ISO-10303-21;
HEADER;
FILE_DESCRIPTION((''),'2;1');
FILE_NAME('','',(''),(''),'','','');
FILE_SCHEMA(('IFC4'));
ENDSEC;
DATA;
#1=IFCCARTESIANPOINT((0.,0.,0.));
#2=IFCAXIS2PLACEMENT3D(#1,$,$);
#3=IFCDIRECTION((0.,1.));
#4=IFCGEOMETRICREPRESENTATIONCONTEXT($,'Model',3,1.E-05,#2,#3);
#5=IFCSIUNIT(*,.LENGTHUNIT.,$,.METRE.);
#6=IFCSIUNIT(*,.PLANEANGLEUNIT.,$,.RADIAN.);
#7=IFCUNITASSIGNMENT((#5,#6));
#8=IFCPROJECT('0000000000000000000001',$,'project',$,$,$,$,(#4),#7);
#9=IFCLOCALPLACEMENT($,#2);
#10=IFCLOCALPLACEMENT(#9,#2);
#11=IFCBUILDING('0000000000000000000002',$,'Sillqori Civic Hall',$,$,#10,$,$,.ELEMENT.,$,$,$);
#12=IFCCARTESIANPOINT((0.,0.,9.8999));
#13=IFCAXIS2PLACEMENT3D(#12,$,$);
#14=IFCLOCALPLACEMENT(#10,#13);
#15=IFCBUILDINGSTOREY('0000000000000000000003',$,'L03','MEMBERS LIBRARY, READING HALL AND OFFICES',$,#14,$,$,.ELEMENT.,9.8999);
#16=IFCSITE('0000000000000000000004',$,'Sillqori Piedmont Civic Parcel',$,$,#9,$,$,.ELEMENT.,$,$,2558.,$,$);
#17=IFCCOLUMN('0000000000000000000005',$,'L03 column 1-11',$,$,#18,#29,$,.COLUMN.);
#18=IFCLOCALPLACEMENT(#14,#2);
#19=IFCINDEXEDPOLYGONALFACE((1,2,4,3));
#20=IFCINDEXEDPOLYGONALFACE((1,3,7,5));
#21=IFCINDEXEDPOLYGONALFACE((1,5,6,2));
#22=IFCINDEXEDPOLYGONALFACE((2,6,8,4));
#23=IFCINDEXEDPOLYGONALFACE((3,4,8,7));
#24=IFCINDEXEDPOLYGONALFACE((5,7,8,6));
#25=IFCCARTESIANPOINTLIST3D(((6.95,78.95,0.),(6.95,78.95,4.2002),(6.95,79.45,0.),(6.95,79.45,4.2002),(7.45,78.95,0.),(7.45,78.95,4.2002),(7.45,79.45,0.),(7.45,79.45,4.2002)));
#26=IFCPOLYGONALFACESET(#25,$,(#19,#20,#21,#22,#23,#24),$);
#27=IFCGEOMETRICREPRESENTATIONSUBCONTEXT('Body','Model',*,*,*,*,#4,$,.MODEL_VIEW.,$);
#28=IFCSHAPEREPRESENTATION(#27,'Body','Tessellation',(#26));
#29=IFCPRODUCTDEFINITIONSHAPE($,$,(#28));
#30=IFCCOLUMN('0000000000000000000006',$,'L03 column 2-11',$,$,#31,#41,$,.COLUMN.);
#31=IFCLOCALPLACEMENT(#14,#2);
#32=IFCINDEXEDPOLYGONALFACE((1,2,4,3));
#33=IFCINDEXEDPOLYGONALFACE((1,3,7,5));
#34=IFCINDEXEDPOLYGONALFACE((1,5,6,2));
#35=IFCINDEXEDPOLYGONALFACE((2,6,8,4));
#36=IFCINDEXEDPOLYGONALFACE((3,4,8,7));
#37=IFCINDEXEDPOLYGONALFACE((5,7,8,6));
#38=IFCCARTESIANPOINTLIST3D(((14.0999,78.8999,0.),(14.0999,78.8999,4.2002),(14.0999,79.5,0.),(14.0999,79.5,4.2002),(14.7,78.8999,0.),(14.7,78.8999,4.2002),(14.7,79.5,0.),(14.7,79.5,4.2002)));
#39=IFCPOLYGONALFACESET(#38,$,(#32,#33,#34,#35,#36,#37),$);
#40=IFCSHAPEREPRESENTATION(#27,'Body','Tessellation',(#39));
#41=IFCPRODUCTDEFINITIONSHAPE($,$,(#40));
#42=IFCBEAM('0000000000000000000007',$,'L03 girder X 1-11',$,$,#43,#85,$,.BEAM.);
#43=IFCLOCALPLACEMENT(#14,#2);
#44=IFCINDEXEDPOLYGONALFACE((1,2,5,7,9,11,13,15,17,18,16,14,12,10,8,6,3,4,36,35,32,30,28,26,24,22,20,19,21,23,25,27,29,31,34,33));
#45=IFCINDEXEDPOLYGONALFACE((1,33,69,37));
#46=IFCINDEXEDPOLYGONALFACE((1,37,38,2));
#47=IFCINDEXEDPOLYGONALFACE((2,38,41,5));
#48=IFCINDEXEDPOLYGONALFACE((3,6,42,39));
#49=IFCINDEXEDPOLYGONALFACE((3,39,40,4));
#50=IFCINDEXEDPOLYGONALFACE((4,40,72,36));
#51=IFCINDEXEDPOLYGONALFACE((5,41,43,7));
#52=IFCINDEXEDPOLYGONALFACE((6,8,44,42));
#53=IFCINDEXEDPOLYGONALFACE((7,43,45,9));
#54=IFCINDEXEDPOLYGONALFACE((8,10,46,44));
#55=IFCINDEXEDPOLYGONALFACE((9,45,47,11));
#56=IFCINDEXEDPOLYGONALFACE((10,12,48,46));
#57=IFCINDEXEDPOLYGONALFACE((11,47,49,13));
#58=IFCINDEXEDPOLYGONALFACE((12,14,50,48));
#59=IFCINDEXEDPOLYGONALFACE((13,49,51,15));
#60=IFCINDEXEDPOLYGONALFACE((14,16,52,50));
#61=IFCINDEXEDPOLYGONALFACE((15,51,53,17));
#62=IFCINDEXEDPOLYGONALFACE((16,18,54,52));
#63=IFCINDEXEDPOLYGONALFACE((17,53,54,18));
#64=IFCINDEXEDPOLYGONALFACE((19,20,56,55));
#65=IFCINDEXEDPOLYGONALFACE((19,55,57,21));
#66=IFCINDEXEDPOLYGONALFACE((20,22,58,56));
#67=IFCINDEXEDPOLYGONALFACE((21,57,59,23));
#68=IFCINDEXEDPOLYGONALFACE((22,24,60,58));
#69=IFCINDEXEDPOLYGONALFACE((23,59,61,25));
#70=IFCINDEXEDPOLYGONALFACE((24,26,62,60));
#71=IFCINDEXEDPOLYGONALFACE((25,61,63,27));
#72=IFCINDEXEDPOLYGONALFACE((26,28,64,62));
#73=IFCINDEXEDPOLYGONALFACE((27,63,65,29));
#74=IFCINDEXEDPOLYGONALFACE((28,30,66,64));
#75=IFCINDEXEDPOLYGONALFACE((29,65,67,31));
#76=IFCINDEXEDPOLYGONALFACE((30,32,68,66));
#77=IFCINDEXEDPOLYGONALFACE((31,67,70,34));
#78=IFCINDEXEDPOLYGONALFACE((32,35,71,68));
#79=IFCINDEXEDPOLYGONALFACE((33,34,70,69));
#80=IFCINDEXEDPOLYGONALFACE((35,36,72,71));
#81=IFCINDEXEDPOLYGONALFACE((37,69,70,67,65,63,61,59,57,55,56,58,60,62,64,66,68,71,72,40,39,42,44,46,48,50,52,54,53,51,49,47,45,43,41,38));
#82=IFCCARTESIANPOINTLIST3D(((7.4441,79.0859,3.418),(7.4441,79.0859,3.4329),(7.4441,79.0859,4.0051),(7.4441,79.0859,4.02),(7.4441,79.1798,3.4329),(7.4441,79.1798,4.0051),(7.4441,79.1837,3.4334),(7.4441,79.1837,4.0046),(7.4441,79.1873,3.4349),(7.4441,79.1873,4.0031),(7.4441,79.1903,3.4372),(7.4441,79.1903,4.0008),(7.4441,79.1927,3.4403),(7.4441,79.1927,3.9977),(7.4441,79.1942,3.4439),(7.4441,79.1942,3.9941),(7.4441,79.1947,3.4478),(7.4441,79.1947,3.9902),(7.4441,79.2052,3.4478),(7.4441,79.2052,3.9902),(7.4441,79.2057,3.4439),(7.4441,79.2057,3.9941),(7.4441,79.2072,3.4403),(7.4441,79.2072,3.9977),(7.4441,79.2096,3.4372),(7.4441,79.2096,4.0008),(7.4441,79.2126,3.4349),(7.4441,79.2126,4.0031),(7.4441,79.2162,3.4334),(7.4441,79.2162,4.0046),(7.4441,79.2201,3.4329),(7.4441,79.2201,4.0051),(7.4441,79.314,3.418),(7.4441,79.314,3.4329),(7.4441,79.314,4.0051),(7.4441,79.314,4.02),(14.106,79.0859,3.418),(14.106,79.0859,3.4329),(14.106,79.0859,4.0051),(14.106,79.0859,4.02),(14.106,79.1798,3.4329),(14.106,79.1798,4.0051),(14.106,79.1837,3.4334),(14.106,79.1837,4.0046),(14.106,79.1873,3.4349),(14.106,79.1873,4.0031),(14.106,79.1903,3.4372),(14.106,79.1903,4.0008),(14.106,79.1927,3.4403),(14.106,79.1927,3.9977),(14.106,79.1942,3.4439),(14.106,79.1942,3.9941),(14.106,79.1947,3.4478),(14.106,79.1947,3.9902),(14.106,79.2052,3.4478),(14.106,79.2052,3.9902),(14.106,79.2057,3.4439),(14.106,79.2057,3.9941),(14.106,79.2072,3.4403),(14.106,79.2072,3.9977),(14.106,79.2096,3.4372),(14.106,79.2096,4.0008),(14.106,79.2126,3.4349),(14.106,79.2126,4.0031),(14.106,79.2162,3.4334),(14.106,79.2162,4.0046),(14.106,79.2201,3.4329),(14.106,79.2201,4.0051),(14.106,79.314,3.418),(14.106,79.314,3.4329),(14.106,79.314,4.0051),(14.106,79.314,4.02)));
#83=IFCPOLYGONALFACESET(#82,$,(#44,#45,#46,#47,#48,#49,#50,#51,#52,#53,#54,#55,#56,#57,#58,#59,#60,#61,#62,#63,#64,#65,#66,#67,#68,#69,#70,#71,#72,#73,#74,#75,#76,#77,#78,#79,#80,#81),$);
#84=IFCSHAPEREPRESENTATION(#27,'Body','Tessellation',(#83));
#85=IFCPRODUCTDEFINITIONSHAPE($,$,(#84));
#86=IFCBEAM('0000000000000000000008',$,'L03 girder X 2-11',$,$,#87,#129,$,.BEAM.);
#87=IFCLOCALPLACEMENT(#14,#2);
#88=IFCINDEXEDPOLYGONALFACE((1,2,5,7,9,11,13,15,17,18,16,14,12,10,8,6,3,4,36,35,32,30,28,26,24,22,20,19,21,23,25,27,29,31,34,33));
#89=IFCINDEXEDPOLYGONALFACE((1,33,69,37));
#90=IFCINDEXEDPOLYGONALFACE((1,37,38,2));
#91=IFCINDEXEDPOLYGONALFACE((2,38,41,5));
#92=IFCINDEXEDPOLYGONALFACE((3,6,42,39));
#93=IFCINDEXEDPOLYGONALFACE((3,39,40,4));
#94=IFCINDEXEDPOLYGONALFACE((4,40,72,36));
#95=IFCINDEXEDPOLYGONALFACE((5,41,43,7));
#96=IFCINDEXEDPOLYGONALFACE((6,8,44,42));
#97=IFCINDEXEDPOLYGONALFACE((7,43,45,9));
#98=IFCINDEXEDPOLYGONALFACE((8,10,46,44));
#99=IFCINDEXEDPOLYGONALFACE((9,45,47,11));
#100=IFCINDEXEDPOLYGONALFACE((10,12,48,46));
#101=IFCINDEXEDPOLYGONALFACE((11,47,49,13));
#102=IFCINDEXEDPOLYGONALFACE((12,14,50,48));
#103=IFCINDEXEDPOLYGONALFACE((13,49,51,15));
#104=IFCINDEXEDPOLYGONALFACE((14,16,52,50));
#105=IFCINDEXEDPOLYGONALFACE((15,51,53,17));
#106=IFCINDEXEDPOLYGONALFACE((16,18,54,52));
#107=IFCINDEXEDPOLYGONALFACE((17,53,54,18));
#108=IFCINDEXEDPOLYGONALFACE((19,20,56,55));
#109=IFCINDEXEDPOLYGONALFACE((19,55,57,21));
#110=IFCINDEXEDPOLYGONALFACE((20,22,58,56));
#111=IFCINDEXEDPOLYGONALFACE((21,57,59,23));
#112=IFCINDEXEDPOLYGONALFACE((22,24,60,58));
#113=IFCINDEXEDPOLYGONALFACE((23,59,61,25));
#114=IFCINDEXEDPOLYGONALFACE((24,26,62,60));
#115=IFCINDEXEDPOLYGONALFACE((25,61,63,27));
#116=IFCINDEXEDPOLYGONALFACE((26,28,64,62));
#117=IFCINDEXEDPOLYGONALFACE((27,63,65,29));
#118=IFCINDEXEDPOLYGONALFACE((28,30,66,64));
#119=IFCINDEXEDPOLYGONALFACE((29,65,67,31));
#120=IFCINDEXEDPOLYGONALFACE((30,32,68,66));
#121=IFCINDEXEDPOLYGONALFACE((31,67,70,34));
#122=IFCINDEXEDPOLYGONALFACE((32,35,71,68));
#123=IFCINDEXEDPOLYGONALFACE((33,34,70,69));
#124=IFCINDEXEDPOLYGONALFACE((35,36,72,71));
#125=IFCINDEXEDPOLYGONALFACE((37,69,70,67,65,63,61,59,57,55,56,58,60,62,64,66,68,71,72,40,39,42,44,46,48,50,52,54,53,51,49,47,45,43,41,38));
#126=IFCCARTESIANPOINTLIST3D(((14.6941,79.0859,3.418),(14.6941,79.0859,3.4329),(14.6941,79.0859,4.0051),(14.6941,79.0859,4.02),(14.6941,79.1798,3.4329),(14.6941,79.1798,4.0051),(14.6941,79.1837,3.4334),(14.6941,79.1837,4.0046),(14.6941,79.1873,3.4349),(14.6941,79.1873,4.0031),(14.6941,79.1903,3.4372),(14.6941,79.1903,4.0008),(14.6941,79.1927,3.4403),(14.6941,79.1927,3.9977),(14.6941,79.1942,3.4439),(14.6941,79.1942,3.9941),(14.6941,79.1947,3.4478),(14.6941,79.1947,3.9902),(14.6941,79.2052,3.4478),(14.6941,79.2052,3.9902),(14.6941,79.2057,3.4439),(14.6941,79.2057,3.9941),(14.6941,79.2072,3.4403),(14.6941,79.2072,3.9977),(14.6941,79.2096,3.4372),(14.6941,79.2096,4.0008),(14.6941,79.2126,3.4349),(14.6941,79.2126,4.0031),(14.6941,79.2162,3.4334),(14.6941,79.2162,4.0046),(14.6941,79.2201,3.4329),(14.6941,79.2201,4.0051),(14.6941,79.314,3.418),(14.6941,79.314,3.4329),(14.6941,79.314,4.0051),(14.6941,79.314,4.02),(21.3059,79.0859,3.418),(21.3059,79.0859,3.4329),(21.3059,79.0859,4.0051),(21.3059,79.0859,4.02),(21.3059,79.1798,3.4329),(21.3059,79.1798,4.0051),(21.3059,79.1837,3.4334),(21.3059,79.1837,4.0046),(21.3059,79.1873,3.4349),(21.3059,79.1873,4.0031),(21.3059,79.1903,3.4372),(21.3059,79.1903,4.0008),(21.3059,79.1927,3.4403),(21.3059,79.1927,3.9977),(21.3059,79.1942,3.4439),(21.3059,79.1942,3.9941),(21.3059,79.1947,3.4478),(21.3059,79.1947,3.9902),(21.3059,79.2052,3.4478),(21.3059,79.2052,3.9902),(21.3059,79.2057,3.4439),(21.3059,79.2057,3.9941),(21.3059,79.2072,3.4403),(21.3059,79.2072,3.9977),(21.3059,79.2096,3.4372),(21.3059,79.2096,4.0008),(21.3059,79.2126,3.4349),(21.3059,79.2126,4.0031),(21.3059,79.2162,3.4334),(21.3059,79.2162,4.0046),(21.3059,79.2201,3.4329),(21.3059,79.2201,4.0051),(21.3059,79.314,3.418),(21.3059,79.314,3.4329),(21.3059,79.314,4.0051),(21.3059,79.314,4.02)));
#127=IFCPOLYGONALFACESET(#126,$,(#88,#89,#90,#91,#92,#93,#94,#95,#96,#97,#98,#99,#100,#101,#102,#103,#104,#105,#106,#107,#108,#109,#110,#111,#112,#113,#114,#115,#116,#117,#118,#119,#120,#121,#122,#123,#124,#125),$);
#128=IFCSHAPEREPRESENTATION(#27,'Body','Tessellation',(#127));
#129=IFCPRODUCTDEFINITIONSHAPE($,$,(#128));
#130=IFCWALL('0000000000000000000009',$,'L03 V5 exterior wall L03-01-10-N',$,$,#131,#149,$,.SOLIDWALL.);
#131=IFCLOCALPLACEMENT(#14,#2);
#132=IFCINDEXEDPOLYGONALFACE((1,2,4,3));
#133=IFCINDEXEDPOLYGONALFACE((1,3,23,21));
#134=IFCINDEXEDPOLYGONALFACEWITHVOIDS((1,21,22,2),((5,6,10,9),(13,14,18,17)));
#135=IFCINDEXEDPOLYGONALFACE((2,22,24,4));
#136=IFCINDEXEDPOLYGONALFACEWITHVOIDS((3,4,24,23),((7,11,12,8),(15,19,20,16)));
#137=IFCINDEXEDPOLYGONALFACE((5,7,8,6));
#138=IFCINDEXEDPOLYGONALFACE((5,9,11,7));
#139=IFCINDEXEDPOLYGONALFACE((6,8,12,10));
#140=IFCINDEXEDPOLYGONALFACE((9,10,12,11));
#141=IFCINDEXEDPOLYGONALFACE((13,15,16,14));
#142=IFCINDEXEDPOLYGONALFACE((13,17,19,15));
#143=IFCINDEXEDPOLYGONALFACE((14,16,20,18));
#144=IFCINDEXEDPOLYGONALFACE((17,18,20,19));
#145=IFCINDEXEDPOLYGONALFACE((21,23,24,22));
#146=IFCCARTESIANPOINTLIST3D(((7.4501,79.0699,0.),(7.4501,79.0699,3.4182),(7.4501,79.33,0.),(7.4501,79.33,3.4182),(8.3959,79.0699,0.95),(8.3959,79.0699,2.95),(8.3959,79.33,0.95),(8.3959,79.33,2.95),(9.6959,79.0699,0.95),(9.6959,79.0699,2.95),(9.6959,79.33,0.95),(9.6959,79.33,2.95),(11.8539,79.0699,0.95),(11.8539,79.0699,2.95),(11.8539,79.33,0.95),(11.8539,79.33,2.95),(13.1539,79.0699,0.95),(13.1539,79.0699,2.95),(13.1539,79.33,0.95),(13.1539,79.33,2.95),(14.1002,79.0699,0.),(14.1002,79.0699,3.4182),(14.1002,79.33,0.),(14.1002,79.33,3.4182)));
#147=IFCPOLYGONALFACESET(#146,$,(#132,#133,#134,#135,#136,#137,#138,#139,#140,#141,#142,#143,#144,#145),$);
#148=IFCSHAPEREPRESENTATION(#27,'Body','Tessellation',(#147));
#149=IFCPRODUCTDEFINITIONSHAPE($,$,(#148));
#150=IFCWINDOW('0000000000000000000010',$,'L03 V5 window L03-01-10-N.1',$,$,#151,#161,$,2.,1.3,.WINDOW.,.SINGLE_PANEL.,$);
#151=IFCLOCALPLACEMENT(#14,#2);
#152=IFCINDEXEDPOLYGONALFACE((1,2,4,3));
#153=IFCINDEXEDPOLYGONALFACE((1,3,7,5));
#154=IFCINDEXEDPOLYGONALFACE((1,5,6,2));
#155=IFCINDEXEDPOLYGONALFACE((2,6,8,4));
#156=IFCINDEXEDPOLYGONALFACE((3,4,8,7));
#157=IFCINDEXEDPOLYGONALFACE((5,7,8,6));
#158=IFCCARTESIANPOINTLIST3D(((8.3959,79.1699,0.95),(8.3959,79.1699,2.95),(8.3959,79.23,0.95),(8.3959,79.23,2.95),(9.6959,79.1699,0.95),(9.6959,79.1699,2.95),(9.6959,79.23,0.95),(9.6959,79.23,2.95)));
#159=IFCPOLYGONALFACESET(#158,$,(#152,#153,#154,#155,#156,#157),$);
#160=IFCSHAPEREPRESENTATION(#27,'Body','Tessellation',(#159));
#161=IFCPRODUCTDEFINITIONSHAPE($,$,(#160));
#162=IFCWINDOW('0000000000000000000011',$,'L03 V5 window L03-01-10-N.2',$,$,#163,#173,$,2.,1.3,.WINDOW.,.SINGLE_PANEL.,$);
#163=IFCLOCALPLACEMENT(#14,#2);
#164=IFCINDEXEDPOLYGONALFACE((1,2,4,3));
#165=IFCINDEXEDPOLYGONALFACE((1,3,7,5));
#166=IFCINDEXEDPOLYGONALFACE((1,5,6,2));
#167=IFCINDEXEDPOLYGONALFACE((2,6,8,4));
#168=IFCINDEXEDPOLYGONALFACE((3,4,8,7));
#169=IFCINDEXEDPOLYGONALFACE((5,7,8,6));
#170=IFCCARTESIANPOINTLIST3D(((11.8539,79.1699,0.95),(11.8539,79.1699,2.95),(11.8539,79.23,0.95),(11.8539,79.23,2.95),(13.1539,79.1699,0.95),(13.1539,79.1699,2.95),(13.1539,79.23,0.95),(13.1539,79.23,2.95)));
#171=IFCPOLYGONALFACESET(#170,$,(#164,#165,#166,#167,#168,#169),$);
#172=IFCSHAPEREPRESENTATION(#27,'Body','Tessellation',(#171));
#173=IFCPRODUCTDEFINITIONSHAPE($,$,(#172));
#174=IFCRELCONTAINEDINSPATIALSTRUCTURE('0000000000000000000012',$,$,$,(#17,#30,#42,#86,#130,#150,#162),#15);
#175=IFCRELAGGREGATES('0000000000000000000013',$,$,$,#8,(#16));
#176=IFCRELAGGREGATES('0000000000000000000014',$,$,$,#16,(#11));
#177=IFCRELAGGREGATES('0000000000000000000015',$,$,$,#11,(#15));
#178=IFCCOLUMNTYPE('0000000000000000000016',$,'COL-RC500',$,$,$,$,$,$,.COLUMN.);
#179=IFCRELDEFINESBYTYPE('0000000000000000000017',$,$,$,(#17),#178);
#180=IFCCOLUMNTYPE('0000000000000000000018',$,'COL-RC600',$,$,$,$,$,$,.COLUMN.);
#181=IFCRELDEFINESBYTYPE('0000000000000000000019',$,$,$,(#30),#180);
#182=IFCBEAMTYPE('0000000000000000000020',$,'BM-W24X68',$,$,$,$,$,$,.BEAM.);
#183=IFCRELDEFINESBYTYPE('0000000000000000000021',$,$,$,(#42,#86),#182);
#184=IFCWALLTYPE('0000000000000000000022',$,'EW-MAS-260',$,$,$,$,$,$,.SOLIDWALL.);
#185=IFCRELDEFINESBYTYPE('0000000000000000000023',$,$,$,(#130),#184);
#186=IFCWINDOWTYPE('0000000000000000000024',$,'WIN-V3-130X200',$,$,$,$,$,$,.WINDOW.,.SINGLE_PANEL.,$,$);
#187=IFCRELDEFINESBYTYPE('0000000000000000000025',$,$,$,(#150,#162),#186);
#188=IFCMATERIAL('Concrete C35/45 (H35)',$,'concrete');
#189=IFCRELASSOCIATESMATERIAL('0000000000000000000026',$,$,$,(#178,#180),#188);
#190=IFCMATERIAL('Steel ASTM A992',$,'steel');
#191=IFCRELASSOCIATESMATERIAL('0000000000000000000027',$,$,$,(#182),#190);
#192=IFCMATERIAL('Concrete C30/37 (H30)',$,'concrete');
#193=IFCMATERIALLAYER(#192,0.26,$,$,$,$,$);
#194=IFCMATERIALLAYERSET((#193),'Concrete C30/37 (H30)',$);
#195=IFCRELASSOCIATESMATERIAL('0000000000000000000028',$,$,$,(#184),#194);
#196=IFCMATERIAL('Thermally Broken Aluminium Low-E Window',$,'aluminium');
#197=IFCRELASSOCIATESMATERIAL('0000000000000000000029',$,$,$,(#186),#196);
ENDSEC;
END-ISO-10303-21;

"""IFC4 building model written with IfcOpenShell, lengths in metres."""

from ifc_helpers import new_model, si_unit, direction, frame, frame_2d, origin, origin_2d, place, context, subcontext, project, spatial, rectangle, i_section, extrude, material, layer, layer_set, material_profile, profile_set, type_object, element, fill, save


model = new_model("IFC4")

# Units and contexts
model_context = context("Model", 3, precision=1e-05, world=origin(), true_north=direction((0.0, 1.0)))
body_context = subcontext(model_context, "Body", "Model", "MODEL_VIEW")
ifc_project = project(units=[si_unit("LENGTHUNIT", "METRE"), si_unit("PLANEANGLEUNIT", "RADIAN")], contexts=[model_context])

# Site, building, storey
site_placement = place(None, origin())
site = spatial("IfcSite", under=ifc_project, at=site_placement, Name="Sillqori Piedmont Civic Parcel", CompositionType="ELEMENT", RefElevation=2558.0)
building_placement = place(site_placement, origin())
building = spatial("IfcBuilding", under=site, at=building_placement, Name="Sillqori Civic Hall", CompositionType="ELEMENT")
storey_placement = place(building_placement, frame((0.0, 0.0, 9.8999)))
storey = spatial("IfcBuildingStorey", under=building, at=storey_placement, Name="L03", Description="MEMBERS LIBRARY, READING HALL AND OFFICES", CompositionType="ELEMENT", Elevation=9.8999)

# Columns
ifc_material_1 = material(Name="Concrete C35/45 (H35)", Category="concrete")
ifc_material_profile_1 = material_profile(ifc_material_1, rectangle(XDim=0.5, YDim=0.5, at=origin_2d()), Name="RC 500x500")
ifc_profile_set_1 = profile_set([ifc_material_profile_1], Name="Concrete C35/45 (H35)")
column_type_1 = type_object("IfcColumnType", Name="COL-RC500", PredefinedType="COLUMN", material=ifc_profile_set_1)
column_1_placement = place(storey_placement, frame((7.2, 79.2, 0.0), z_axis=(0.0, 0.0, 1.0), x_axis=(1.0, 0.0, 0.0)))
element("IfcColumn", 1, at=column_1_placement, inside=storey, type_object=column_type_1, Name="L03 column 1-11", PredefinedType="COLUMN", context=body_context, shape_type="SweptSolid", body=[
    extrude(rectangle(XDim=0.5, YDim=0.5, at=origin_2d()), origin(), (0.0, 0.0, 1.0), 4.2002),
])
ifc_material_profile_2 = material_profile(ifc_material_1, rectangle(XDim=0.6001, YDim=0.6001, at=origin_2d()), Name="RC 600x600")
ifc_profile_set_2 = profile_set([ifc_material_profile_2], Name="Concrete C35/45 (H35)")
column_type_2 = type_object("IfcColumnType", Name="COL-RC600", PredefinedType="COLUMN", material=ifc_profile_set_2)
column_2_placement = place(storey_placement, frame((14.3999, 79.2, 0.0), z_axis=(0.0, 0.0, 1.0), x_axis=(1.0, 0.0, 0.0)))
element("IfcColumn", 2, at=column_2_placement, inside=storey, type_object=column_type_2, Name="L03 column 2-11", PredefinedType="COLUMN", context=body_context, shape_type="SweptSolid", body=[
    extrude(rectangle(XDim=0.6001, YDim=0.6001, at=origin_2d()), origin(), (0.0, 0.0, 1.0), 4.2002),
])

# Beams
ifc_material_2 = material(Name="Steel ASTM A992", Category="steel")
ifc_material_profile_3 = material_profile(ifc_material_2, i_section(OverallWidth=0.228, OverallDepth=0.6021, WebThickness=0.0105, FlangeThickness=0.0149, FilletRadius=0.0149, at=origin_2d()), Name="W24X68")
ifc_profile_set_3 = profile_set([ifc_material_profile_3], Name="Steel ASTM A992")
beam_type = type_object("IfcBeamType", Name="BM-W24X68", PredefinedType="BEAM", material=ifc_profile_set_3)
beam_1_placement = place(storey_placement, frame((7.4441, 79.2, 3.719), z_axis=(1.0, 0.0, 0.0), x_axis=(0.0, 1.0, 0.0)))
element("IfcBeam", 3, at=beam_1_placement, inside=storey, type_object=beam_type, Name="L03 girder X 1-11", PredefinedType="BEAM", context=body_context, shape_type="SweptSolid", body=[
    extrude(i_section(OverallWidth=0.228, OverallDepth=0.6021, WebThickness=0.0105, FlangeThickness=0.0149, FilletRadius=0.0149, at=origin_2d()), origin(), (0.0, 0.0, 1.0), 6.6619),
])
beam_2_placement = place(storey_placement, frame((14.6941, 79.2, 3.719), z_axis=(1.0, 0.0, 0.0), x_axis=(0.0, 1.0, 0.0)))
element("IfcBeam", 4, at=beam_2_placement, inside=storey, type_object=beam_type, Name="L03 girder X 2-11", PredefinedType="BEAM", context=body_context, shape_type="SweptSolid", body=[
    extrude(i_section(OverallWidth=0.228, OverallDepth=0.6021, WebThickness=0.0105, FlangeThickness=0.0149, FilletRadius=0.0149, at=origin_2d()), origin(), (0.0, 0.0, 1.0), 6.6118),
])

# Wall, openings, windows
ifc_material_3 = material(Name="Concrete C30/37 (H30)", Category="concrete")
ifc_layer_1 = layer(ifc_material_3, 0.26)
ifc_layer_set_1 = layer_set([ifc_layer_1], Name="Concrete C30/37 (H30)")
wall_type_1 = type_object("IfcWallType", Name="EW-MAS-260", PredefinedType="SOLIDWALL", material=ifc_layer_set_1)
wall_1_placement = place(storey_placement, frame((7.45, 79.2, 0.0), z_axis=(0.0, 0.0, 1.0), x_axis=(1.0, 0.0, 0.0)))
wall_1 = element("IfcWall", 5, at=wall_1_placement, inside=storey, type_object=wall_type_1, Name="L03 V5 exterior wall L03-01-10-N", PredefinedType="SOLIDWALL", context=body_context, shape_type="SweptSolid", body=[
    extrude(rectangle(XDim=6.6501, YDim=0.26, at=frame_2d((3.3252, 0.0))), origin(), (0.0, 0.0, 1.0), 3.4182),
])
opening_1_placement = place(wall_1_placement, frame((0.946, 0.0, 0.95)))
opening_1 = element("IfcOpeningElement", 6, at=opening_1_placement, cuts=wall_1, PredefinedType="OPENING", context=body_context, shape_type="SweptSolid", body=[
    extrude(rectangle(XDim=1.3, YDim=2.0, at=frame_2d((0.6499, 1.0))), frame((0.0, 0.1399, 0.0), z_axis=(0.0, -1.0, 0.0), x_axis=(1.0, 0.0, 0.0)), (0.0, 0.0, 1.0), 0.28),
])
opening_2_placement = place(wall_1_placement, frame((4.4041, 0.0, 0.95)))
opening_2 = element("IfcOpeningElement", 7, at=opening_2_placement, cuts=wall_1, PredefinedType="OPENING", context=body_context, shape_type="SweptSolid", body=[
    extrude(rectangle(XDim=1.3, YDim=2.0, at=frame_2d((0.6499, 1.0))), frame((0.0, 0.1399, 0.0), z_axis=(0.0, -1.0, 0.0), x_axis=(1.0, 0.0, 0.0)), (0.0, 0.0, 1.0), 0.28),
])
ifc_material_4 = material(Name="Thermally Broken Aluminium Low-E Window", Category="aluminium")
window_type = type_object("IfcWindowType", Name="WIN-V3-130X200", PartitioningType="SINGLE_PANEL", PredefinedType="WINDOW", material=ifc_material_4)
window_1_placement = place(opening_1_placement, origin())
window_1 = element("IfcWindow", 8, at=window_1_placement, inside=storey, type_object=window_type, Name="L03 V5 window L03-01-10-N.1", OverallHeight=2.0, OverallWidth=1.3, PartitioningType="SINGLE_PANEL", PredefinedType="WINDOW", context=body_context, shape_type="SweptSolid", body=[
    extrude(rectangle(XDim=1.3, YDim=2.0, at=frame_2d((0.6499, 1.0))), frame((0.0, 0.03, 0.0), z_axis=(0.0, -1.0, 0.0), x_axis=(1.0, 0.0, 0.0)), (0.0, 0.0, 1.0), 0.0601),
])
fill(opening_1, window_1)
window_2_placement = place(opening_2_placement, origin())
window_2 = element("IfcWindow", 9, at=window_2_placement, inside=storey, type_object=window_type, Name="L03 V5 window L03-01-10-N.2", OverallHeight=2.0, OverallWidth=1.3, PartitioningType="SINGLE_PANEL", PredefinedType="WINDOW", context=body_context, shape_type="SweptSolid", body=[
    extrude(rectangle(XDim=1.3, YDim=2.0, at=frame_2d((0.6499, 1.0))), frame((0.0, 0.03, 0.0), z_axis=(0.0, -1.0, 0.0), x_axis=(1.0, 0.0, 0.0)), (0.0, 0.0, 1.0), 0.0601),
])
fill(opening_2, window_2)

save(model, "model.ifc")
